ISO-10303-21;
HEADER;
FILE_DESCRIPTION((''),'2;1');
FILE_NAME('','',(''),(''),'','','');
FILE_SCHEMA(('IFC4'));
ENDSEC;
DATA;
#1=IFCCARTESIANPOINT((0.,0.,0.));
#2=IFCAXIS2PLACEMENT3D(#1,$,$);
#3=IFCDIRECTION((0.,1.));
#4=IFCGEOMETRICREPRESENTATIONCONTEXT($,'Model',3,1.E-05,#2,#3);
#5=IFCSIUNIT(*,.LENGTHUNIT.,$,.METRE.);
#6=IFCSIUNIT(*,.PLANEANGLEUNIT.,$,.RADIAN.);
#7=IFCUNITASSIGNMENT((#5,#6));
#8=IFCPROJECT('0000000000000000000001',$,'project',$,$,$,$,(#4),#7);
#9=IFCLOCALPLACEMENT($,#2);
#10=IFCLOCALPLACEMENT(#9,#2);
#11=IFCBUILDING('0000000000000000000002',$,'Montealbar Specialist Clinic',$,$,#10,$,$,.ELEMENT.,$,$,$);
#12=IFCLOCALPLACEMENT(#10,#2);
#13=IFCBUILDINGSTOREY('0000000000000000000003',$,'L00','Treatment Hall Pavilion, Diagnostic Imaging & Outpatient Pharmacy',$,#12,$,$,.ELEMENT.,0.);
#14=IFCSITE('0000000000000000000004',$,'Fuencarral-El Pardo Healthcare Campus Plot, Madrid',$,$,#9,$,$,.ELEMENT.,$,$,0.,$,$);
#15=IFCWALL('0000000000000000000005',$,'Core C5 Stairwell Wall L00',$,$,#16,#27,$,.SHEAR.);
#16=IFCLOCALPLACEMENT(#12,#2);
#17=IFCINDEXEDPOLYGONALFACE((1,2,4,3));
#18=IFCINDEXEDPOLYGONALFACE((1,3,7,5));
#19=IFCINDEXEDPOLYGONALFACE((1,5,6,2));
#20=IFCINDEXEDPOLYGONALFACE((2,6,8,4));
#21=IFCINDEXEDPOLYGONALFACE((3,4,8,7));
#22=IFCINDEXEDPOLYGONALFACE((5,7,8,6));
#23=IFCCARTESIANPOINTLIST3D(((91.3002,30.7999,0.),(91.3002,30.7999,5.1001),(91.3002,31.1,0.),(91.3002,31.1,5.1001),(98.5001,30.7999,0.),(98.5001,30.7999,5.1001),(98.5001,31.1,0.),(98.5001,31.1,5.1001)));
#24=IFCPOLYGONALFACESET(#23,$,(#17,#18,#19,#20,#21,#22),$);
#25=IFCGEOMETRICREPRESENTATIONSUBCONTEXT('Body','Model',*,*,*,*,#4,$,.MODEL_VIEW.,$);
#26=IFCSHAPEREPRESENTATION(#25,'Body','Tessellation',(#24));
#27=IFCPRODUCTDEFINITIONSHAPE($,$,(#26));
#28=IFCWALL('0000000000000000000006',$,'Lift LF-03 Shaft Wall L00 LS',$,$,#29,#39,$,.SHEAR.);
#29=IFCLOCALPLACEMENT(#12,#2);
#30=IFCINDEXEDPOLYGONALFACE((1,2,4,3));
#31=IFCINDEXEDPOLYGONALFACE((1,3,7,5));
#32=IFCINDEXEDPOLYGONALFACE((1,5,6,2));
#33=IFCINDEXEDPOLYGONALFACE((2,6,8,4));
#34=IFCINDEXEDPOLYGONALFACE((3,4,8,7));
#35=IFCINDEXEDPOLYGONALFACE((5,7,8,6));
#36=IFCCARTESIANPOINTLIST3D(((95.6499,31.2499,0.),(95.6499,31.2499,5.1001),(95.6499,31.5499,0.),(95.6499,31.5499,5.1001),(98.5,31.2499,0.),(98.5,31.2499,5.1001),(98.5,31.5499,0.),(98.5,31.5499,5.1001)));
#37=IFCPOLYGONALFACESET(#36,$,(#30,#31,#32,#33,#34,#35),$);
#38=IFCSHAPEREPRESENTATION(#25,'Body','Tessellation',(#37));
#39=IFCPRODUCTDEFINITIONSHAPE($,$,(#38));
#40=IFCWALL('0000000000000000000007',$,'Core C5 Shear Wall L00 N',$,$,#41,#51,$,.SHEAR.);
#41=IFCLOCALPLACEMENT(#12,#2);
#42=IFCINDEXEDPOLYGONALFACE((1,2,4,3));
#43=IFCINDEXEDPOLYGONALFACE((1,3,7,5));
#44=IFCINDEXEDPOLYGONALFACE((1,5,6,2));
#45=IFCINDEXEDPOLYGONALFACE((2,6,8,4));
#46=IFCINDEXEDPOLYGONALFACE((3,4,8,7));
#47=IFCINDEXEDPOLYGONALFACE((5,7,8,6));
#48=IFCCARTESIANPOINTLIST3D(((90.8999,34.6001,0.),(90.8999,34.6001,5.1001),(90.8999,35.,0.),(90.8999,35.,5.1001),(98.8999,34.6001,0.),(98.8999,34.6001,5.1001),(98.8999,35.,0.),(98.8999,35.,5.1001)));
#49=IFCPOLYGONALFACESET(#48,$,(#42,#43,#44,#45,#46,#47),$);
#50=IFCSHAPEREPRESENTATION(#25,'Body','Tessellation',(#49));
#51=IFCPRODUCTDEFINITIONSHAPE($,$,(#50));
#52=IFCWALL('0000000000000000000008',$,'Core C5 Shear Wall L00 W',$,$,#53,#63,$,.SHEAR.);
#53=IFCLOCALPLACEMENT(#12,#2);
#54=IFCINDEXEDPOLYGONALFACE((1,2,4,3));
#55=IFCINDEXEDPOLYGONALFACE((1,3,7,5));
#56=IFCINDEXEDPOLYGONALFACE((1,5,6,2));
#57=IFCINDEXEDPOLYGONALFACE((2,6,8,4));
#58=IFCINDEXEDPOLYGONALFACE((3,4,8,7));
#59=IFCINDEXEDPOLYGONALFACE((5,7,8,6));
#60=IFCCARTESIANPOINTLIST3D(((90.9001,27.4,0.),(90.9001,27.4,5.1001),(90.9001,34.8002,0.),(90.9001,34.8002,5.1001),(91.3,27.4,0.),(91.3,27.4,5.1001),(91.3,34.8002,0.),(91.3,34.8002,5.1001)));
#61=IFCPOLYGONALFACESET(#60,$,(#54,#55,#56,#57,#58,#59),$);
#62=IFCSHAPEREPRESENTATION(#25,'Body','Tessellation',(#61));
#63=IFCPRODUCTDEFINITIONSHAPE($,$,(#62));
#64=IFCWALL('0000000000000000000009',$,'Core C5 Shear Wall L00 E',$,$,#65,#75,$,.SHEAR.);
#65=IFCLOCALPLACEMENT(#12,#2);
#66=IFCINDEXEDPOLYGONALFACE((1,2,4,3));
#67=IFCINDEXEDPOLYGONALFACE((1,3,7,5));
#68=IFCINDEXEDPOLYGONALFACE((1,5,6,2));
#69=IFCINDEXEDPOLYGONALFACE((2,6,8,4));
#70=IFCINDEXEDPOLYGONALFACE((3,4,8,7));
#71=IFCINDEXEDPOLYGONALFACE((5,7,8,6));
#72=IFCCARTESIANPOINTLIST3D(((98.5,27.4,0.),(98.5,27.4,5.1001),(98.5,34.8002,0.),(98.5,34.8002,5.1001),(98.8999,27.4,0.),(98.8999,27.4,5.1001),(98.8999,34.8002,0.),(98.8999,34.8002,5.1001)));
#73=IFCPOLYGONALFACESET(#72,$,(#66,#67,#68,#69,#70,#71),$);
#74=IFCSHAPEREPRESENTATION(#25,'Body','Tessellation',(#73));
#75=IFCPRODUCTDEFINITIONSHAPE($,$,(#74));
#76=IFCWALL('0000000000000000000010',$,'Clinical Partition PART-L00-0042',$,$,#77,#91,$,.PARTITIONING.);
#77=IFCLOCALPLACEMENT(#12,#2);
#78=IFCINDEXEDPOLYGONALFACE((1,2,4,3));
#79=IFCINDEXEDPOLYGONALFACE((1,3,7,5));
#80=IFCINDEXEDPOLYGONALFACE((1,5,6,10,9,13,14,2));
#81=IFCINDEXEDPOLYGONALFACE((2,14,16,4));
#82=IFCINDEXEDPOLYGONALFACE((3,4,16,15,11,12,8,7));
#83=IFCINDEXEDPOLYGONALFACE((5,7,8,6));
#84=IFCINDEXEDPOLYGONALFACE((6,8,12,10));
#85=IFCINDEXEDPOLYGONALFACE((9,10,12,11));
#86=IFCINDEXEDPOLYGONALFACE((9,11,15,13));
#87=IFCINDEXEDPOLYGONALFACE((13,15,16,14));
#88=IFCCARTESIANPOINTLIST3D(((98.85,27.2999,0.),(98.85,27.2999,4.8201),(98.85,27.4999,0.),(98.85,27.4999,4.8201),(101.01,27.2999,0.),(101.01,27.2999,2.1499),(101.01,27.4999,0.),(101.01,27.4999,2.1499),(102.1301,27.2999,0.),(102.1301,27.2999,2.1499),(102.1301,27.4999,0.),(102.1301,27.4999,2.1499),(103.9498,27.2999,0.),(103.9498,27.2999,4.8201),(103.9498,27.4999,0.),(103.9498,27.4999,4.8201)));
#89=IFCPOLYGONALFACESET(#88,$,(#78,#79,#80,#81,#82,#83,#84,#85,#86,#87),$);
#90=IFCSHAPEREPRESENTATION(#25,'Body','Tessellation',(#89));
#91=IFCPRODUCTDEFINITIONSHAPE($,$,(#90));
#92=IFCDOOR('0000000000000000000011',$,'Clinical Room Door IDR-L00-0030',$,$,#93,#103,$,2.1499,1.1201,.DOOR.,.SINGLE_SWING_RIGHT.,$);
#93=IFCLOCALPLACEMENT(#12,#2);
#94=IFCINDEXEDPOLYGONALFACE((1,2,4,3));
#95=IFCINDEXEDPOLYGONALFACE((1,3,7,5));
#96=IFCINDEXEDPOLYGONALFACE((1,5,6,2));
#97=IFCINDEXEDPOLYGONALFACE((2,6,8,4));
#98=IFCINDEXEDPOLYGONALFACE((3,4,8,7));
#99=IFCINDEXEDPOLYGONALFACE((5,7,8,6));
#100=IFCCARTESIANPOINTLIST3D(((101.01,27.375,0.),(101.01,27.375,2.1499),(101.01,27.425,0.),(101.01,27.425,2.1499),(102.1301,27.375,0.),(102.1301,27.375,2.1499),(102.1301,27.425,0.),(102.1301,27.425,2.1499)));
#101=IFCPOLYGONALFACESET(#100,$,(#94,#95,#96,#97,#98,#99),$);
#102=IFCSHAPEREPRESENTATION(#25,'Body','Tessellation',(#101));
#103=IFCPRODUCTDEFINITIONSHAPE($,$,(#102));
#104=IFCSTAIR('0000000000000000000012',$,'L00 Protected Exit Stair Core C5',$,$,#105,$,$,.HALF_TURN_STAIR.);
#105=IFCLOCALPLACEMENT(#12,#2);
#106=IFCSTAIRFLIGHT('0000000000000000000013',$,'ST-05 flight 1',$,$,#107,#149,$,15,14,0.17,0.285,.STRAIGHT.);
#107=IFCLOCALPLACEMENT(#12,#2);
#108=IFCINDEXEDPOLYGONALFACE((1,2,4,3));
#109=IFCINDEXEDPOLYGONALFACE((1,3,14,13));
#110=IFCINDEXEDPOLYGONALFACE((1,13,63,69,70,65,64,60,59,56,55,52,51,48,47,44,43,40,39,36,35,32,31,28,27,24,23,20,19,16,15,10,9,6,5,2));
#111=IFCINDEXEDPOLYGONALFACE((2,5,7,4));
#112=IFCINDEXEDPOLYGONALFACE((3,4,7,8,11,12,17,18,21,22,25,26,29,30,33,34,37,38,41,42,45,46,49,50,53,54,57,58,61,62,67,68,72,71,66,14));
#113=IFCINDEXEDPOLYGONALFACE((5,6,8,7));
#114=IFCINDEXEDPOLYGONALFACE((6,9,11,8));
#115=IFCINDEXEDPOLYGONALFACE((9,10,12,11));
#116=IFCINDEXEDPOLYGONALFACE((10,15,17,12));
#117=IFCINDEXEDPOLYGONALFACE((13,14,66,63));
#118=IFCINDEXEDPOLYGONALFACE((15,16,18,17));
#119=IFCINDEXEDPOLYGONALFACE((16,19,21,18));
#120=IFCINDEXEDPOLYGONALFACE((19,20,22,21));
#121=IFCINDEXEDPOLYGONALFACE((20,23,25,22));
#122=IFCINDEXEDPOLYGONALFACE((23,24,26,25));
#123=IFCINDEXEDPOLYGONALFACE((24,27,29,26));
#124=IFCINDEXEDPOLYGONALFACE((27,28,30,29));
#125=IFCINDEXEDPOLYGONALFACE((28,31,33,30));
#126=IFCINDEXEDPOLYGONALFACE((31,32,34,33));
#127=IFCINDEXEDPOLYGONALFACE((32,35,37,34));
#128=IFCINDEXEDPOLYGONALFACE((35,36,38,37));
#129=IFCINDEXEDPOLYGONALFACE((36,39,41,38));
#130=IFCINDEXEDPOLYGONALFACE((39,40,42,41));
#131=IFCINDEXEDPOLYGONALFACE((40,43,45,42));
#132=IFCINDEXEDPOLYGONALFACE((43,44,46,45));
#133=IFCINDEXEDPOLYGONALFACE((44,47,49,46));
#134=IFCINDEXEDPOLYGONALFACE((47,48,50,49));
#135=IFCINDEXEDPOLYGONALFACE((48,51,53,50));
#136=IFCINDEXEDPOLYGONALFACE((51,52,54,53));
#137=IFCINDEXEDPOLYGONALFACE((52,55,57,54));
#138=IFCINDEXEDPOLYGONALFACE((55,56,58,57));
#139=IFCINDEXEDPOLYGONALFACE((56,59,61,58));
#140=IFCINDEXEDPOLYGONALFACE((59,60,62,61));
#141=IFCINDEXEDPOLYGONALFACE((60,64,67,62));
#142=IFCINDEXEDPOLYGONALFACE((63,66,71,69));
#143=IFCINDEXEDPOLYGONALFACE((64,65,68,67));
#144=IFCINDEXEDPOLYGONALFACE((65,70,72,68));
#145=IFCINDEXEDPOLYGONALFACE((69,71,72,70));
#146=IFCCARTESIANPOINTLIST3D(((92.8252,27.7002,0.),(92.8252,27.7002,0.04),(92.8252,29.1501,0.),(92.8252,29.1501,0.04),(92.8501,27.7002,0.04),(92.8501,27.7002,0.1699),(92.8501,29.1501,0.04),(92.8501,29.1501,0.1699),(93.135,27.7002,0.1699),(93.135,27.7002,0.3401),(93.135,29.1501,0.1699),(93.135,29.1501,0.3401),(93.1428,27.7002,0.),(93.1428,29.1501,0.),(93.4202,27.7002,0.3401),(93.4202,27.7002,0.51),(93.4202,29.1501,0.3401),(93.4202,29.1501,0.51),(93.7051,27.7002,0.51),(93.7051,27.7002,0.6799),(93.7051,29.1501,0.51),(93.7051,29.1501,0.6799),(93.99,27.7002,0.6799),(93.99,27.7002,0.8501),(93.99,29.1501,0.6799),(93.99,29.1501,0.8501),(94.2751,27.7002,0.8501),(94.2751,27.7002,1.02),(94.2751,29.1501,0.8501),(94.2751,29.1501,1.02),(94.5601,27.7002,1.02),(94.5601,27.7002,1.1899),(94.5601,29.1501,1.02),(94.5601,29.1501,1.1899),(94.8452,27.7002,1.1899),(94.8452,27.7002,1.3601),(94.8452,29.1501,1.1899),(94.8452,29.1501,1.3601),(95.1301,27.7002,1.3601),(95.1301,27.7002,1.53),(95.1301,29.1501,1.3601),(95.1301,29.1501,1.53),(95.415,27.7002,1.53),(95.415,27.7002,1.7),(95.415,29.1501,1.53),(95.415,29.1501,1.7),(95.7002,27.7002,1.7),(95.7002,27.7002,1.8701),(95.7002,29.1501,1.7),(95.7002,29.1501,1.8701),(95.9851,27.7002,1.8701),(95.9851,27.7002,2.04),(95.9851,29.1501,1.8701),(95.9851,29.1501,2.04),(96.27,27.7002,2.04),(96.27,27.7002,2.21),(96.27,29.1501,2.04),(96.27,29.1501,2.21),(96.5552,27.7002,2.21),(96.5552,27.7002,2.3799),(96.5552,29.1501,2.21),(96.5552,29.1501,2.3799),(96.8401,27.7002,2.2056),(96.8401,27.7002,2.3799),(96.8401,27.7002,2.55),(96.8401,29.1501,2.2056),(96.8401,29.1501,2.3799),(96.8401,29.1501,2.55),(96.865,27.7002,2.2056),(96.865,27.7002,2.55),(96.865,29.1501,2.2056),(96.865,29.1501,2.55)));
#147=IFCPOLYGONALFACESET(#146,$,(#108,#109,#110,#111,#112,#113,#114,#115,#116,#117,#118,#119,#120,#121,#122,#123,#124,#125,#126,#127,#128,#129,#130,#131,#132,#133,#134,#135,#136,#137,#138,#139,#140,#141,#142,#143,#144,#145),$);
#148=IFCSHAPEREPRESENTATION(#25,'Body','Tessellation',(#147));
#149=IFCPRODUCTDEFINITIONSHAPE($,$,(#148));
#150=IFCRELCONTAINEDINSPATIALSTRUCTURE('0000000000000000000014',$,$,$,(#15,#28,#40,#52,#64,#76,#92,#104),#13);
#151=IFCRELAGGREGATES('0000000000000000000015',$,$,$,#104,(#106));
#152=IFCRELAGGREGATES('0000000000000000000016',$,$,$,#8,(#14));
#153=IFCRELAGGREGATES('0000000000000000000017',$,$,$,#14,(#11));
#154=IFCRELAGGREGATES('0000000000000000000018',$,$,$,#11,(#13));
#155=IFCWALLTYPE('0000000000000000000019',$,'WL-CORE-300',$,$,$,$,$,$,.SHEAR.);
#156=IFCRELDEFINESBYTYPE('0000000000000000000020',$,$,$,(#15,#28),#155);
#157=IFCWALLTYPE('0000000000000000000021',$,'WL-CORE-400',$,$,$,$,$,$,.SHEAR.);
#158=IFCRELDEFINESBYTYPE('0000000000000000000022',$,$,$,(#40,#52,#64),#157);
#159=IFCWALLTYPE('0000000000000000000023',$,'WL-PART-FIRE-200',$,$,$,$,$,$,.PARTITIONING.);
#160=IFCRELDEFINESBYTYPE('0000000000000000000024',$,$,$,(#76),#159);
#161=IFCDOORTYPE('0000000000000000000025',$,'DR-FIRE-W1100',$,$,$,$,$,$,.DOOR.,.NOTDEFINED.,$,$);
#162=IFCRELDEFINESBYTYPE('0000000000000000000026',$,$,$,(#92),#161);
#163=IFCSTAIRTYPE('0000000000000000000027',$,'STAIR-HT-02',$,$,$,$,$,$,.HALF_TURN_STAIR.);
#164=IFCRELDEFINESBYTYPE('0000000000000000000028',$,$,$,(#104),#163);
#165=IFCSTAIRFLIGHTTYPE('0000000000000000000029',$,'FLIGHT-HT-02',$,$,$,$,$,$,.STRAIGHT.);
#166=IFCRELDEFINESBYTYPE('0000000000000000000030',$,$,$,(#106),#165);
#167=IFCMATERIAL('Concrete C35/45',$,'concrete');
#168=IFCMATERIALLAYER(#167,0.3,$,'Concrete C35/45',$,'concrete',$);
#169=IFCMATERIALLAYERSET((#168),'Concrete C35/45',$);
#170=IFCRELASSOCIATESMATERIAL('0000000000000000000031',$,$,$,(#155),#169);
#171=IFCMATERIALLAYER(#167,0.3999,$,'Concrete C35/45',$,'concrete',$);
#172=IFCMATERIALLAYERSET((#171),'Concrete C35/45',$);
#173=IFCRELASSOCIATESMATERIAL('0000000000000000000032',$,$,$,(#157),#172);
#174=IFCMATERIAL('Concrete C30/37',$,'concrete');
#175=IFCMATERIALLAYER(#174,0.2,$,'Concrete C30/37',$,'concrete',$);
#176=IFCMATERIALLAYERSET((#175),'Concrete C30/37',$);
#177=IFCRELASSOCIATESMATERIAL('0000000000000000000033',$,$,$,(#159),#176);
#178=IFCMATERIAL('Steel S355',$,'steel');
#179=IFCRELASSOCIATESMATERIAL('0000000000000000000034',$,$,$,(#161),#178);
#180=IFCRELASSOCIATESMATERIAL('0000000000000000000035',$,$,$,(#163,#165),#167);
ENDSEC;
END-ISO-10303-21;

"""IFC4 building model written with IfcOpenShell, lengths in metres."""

from ifc_helpers import new_model, si_unit, direction, frame, frame_2d, origin, place, context, subcontext, project, spatial, polyline, rectangle, outline, extrude, material, layer, layer_set, type_object, element, fill, aggregate, save


model = new_model("IFC4")

# Units and contexts
model_context = context("Model", 3, precision=1e-05, world=origin(), true_north=direction((0.0, 1.0)))
body_context = subcontext(model_context, "Body", "Model", "MODEL_VIEW")
ifc_project = project(units=[si_unit("LENGTHUNIT", "METRE"), si_unit("PLANEANGLEUNIT", "RADIAN")], contexts=[model_context])

# Site, building, storey
site_placement = place(None, origin())
site = spatial("IfcSite", under=ifc_project, at=site_placement, Name="Fuencarral-El Pardo Healthcare Campus Plot, Madrid", CompositionType="ELEMENT", RefElevation=0.0)
building_placement = place(site_placement, origin())
building = spatial("IfcBuilding", under=site, at=building_placement, Name="Montealbar Specialist Clinic", CompositionType="ELEMENT")
storey_placement = place(building_placement, origin())
storey = spatial("IfcBuildingStorey", under=building, at=storey_placement, Name="L00", Description="Treatment Hall Pavilion, Diagnostic Imaging & Outpatient Pharmacy", CompositionType="ELEMENT", Elevation=0.0)

# Shared definitions
ifc_material_1 = material(Name="Steel S355", Category="steel")

# Walls
ifc_material_2 = material(Name="Concrete C35/45", Category="concrete")
ifc_layer_1 = layer(ifc_material_2, 0.3, Name="Concrete C35/45", Category="concrete")
ifc_layer_set_1 = layer_set([ifc_layer_1], Name="Concrete C35/45")
wall_type_1 = type_object("IfcWallType", Name="WL-CORE-300", PredefinedType="SHEAR", material=ifc_layer_set_1)
wall_1_placement = place(storey_placement, frame((91.3, 30.95, 0.0), z_axis=(0.0, 0.0, 1.0), x_axis=(1.0, 0.0, 0.0)))
element("IfcWall", 1, at=wall_1_placement, inside=storey, type_object=wall_type_1, Name="Core C5 Stairwell Wall L00", PredefinedType="SHEAR", context=body_context, shape_type="SweptSolid", body=[
    extrude(rectangle(XDim=7.2, YDim=0.3, at=frame_2d((3.6001, 0.0))), origin(), (0.0, 0.0, 1.0), 5.1001),
])
wall_2_placement = place(storey_placement, frame((95.6499, 31.3999, 0.0), z_axis=(0.0, 0.0, 1.0), x_axis=(1.0, 0.0, 0.0)))
element("IfcWall", 2, at=wall_2_placement, inside=storey, type_object=wall_type_1, Name="Lift LF-03 Shaft Wall L00 LS", PredefinedType="SHEAR", context=body_context, shape_type="SweptSolid", body=[
    extrude(rectangle(XDim=2.8501, YDim=0.3, at=frame_2d((1.425, 0.0))), origin(), (0.0, 0.0, 1.0), 5.1001),
])

# Shared definitions
ifc_layer_2 = layer(ifc_material_2, 0.3999, Name="Concrete C35/45", Category="concrete")
ifc_layer_set_2 = layer_set([ifc_layer_2], Name="Concrete C35/45")
wall_type_2 = type_object("IfcWallType", Name="WL-CORE-400", PredefinedType="SHEAR", material=ifc_layer_set_2)

# Walls
wall_3_placement = place(storey_placement, frame((90.8999, 34.8, 0.0), z_axis=(0.0, 0.0, 1.0), x_axis=(1.0, 0.0, 0.0)))
element("IfcWall", 3, at=wall_3_placement, inside=storey, type_object=wall_type_2, Name="Core C5 Shear Wall L00 N", PredefinedType="SHEAR", context=body_context, shape_type="SweptSolid", body=[
    extrude(rectangle(XDim=8.0, YDim=0.3999, at=frame_2d((4.0, 0.0))), origin(), (0.0, 0.0, 1.0), 5.1001),
])
for number, where, z_axis, x_axis, name in (
    (4, (91.1001, 27.3999, 0.0), (0.0, 0.0, 1.0), (0.0, 1.0, 0.0), "Core C5 Shear Wall L00 W"),
    (5, (98.7, 27.3999, 0.0), (0.0, 0.0, 1.0), (0.0, 1.0, 0.0), "Core C5 Shear Wall L00 E"),
):
    element("IfcWall", number, at=place(storey_placement, frame(where, z_axis=z_axis, x_axis=x_axis)), inside=storey, type_object=wall_type_2, Name=name, PredefinedType="SHEAR", context=body_context, shape_type="SweptSolid", body=[
        extrude(rectangle(XDim=7.4001, YDim=0.3999, at=frame_2d((3.7002, 0.0))), origin(), (0.0, 0.0, 1.0), 5.1001),
    ])

# Wall, opening, door
ifc_material_3 = material(Name="Concrete C30/37", Category="concrete")
ifc_layer_3 = layer(ifc_material_3, 0.2, Name="Concrete C30/37", Category="concrete")
ifc_layer_set_3 = layer_set([ifc_layer_3], Name="Concrete C30/37")
wall_type_3 = type_object("IfcWallType", Name="WL-PART-FIRE-200", PredefinedType="PARTITIONING", material=ifc_layer_set_3)
wall_4_placement = place(storey_placement, frame((98.8501, 27.3999, 0.0), z_axis=(0.0, 0.0, 1.0), x_axis=(1.0, 0.0, 0.0)))
wall_4 = element("IfcWall", 6, at=wall_4_placement, inside=storey, type_object=wall_type_3, Name="Clinical Partition PART-L00-0042", PredefinedType="PARTITIONING", context=body_context, shape_type="SweptSolid", body=[
    extrude(rectangle(XDim=5.0999, YDim=0.2, at=frame_2d((2.5498, 0.0))), origin(), (0.0, 0.0, 1.0), 4.8201),
])
opening_1_placement = place(wall_4_placement, frame((2.1599, 0.0, 0.0)))
opening_1 = element("IfcOpeningElement", 7, at=opening_1_placement, cuts=wall_4, PredefinedType="OPENING", context=body_context, shape_type="SweptSolid", body=[
    extrude(rectangle(XDim=1.1201, YDim=2.1499, at=frame_2d((0.5601, 1.075))), frame((0.0, 0.1099, 0.0), z_axis=(0.0, -1.0, 0.0), x_axis=(1.0, 0.0, 0.0)), (0.0, 0.0, 1.0), 0.22),
])
door_type_1 = type_object("IfcDoorType", Name="DR-FIRE-W1100", OperationType="NOTDEFINED", PredefinedType="DOOR", material=ifc_material_1)
door_1_placement = place(opening_1_placement, frame((1.1201, 0.0, 0.0), z_axis=(0.0, 0.0, 1.0), x_axis=(-1.0, 0.0, 0.0)))
door_1 = element("IfcDoor", 8, at=door_1_placement, inside=storey, type_object=door_type_1, Name="Clinical Room Door IDR-L00-0030", OperationType="SINGLE_SWING_RIGHT", OverallHeight=2.1499, OverallWidth=1.1201, PredefinedType="DOOR", context=body_context, shape_type="SweptSolid", body=[
    extrude(rectangle(XDim=1.1201, YDim=2.1499, at=frame_2d((0.5601, 1.075))), frame((0.0, 0.0249, 0.0), z_axis=(0.0, -1.0, 0.0), x_axis=(1.0, 0.0, 0.0)), (0.0, 0.0, 1.0), 0.05),
])
fill(opening_1, door_1)

# Stair, stair flight
stair_type = type_object("IfcStairType", Name="STAIR-HT-02", PredefinedType="HALF_TURN_STAIR", material=ifc_material_2)
stair_placement = place(storey_placement, origin())
stair = element("IfcStair", 9, at=stair_placement, inside=storey, type_object=stair_type, Name="L00 Protected Exit Stair Core C5", PredefinedType="HALF_TURN_STAIR")
stair_flight_type = type_object("IfcStairFlightType", Name="FLIGHT-HT-02", PredefinedType="STRAIGHT", material=ifc_material_2)
stair_flight_1_placement = place(storey_placement, frame((92.8501, 28.425, 0.0), z_axis=(0.0, 0.0, 1.0), x_axis=(1.0, 0.0, 0.0)))
stair_flight_1 = element("IfcStairFlight", 10, at=stair_flight_1_placement, type_object=stair_flight_type, Name="ST-05 flight 1", NumberOfRisers=15, NumberOfTreads=14, PredefinedType="STRAIGHT", RiserHeight=0.17, TreadLength=0.285, context=body_context, shape_type="SweptSolid", body=[
    extrude(outline(polyline([(-0.0249, 0.0), (-0.0249, 0.04), (0.0, 0.04), (0.0, 0.1699), (0.2849, 0.1699), (0.2849, 0.3401), (0.5701, 0.3401), (0.5701, 0.51), (0.855, 0.51), (0.855, 0.6799), (1.1399, 0.6799), (1.1399, 0.8501), (1.425, 0.8501), (1.425, 1.02), (1.71, 1.02), (1.71, 1.1899), (1.9951, 1.1899), (1.9951, 1.3601), (2.28, 1.3601), (2.28, 1.53), (2.5649, 1.53), (2.5649, 1.7), (2.8501, 1.7), (2.8501, 1.8701), (3.135, 1.8701), (3.135, 2.04), (3.4199, 2.04), (3.4199, 2.21), (3.7051, 2.21), (3.7051, 2.3799), (3.99, 2.3799), (3.99, 2.55), (4.0149, 2.55), (4.0149, 2.2056), (3.99, 2.2056), (0.2927, 0.0), (-0.0249, 0.0)])), frame((0.0, 0.7251, 0.0), z_axis=(0.0, -1.0, 0.0), x_axis=(1.0, 0.0, 0.0)), (0.0, 0.0, 1.0), 1.45),
])
aggregate(stair, [stair_flight_1])

save(model, "model.ifc")
